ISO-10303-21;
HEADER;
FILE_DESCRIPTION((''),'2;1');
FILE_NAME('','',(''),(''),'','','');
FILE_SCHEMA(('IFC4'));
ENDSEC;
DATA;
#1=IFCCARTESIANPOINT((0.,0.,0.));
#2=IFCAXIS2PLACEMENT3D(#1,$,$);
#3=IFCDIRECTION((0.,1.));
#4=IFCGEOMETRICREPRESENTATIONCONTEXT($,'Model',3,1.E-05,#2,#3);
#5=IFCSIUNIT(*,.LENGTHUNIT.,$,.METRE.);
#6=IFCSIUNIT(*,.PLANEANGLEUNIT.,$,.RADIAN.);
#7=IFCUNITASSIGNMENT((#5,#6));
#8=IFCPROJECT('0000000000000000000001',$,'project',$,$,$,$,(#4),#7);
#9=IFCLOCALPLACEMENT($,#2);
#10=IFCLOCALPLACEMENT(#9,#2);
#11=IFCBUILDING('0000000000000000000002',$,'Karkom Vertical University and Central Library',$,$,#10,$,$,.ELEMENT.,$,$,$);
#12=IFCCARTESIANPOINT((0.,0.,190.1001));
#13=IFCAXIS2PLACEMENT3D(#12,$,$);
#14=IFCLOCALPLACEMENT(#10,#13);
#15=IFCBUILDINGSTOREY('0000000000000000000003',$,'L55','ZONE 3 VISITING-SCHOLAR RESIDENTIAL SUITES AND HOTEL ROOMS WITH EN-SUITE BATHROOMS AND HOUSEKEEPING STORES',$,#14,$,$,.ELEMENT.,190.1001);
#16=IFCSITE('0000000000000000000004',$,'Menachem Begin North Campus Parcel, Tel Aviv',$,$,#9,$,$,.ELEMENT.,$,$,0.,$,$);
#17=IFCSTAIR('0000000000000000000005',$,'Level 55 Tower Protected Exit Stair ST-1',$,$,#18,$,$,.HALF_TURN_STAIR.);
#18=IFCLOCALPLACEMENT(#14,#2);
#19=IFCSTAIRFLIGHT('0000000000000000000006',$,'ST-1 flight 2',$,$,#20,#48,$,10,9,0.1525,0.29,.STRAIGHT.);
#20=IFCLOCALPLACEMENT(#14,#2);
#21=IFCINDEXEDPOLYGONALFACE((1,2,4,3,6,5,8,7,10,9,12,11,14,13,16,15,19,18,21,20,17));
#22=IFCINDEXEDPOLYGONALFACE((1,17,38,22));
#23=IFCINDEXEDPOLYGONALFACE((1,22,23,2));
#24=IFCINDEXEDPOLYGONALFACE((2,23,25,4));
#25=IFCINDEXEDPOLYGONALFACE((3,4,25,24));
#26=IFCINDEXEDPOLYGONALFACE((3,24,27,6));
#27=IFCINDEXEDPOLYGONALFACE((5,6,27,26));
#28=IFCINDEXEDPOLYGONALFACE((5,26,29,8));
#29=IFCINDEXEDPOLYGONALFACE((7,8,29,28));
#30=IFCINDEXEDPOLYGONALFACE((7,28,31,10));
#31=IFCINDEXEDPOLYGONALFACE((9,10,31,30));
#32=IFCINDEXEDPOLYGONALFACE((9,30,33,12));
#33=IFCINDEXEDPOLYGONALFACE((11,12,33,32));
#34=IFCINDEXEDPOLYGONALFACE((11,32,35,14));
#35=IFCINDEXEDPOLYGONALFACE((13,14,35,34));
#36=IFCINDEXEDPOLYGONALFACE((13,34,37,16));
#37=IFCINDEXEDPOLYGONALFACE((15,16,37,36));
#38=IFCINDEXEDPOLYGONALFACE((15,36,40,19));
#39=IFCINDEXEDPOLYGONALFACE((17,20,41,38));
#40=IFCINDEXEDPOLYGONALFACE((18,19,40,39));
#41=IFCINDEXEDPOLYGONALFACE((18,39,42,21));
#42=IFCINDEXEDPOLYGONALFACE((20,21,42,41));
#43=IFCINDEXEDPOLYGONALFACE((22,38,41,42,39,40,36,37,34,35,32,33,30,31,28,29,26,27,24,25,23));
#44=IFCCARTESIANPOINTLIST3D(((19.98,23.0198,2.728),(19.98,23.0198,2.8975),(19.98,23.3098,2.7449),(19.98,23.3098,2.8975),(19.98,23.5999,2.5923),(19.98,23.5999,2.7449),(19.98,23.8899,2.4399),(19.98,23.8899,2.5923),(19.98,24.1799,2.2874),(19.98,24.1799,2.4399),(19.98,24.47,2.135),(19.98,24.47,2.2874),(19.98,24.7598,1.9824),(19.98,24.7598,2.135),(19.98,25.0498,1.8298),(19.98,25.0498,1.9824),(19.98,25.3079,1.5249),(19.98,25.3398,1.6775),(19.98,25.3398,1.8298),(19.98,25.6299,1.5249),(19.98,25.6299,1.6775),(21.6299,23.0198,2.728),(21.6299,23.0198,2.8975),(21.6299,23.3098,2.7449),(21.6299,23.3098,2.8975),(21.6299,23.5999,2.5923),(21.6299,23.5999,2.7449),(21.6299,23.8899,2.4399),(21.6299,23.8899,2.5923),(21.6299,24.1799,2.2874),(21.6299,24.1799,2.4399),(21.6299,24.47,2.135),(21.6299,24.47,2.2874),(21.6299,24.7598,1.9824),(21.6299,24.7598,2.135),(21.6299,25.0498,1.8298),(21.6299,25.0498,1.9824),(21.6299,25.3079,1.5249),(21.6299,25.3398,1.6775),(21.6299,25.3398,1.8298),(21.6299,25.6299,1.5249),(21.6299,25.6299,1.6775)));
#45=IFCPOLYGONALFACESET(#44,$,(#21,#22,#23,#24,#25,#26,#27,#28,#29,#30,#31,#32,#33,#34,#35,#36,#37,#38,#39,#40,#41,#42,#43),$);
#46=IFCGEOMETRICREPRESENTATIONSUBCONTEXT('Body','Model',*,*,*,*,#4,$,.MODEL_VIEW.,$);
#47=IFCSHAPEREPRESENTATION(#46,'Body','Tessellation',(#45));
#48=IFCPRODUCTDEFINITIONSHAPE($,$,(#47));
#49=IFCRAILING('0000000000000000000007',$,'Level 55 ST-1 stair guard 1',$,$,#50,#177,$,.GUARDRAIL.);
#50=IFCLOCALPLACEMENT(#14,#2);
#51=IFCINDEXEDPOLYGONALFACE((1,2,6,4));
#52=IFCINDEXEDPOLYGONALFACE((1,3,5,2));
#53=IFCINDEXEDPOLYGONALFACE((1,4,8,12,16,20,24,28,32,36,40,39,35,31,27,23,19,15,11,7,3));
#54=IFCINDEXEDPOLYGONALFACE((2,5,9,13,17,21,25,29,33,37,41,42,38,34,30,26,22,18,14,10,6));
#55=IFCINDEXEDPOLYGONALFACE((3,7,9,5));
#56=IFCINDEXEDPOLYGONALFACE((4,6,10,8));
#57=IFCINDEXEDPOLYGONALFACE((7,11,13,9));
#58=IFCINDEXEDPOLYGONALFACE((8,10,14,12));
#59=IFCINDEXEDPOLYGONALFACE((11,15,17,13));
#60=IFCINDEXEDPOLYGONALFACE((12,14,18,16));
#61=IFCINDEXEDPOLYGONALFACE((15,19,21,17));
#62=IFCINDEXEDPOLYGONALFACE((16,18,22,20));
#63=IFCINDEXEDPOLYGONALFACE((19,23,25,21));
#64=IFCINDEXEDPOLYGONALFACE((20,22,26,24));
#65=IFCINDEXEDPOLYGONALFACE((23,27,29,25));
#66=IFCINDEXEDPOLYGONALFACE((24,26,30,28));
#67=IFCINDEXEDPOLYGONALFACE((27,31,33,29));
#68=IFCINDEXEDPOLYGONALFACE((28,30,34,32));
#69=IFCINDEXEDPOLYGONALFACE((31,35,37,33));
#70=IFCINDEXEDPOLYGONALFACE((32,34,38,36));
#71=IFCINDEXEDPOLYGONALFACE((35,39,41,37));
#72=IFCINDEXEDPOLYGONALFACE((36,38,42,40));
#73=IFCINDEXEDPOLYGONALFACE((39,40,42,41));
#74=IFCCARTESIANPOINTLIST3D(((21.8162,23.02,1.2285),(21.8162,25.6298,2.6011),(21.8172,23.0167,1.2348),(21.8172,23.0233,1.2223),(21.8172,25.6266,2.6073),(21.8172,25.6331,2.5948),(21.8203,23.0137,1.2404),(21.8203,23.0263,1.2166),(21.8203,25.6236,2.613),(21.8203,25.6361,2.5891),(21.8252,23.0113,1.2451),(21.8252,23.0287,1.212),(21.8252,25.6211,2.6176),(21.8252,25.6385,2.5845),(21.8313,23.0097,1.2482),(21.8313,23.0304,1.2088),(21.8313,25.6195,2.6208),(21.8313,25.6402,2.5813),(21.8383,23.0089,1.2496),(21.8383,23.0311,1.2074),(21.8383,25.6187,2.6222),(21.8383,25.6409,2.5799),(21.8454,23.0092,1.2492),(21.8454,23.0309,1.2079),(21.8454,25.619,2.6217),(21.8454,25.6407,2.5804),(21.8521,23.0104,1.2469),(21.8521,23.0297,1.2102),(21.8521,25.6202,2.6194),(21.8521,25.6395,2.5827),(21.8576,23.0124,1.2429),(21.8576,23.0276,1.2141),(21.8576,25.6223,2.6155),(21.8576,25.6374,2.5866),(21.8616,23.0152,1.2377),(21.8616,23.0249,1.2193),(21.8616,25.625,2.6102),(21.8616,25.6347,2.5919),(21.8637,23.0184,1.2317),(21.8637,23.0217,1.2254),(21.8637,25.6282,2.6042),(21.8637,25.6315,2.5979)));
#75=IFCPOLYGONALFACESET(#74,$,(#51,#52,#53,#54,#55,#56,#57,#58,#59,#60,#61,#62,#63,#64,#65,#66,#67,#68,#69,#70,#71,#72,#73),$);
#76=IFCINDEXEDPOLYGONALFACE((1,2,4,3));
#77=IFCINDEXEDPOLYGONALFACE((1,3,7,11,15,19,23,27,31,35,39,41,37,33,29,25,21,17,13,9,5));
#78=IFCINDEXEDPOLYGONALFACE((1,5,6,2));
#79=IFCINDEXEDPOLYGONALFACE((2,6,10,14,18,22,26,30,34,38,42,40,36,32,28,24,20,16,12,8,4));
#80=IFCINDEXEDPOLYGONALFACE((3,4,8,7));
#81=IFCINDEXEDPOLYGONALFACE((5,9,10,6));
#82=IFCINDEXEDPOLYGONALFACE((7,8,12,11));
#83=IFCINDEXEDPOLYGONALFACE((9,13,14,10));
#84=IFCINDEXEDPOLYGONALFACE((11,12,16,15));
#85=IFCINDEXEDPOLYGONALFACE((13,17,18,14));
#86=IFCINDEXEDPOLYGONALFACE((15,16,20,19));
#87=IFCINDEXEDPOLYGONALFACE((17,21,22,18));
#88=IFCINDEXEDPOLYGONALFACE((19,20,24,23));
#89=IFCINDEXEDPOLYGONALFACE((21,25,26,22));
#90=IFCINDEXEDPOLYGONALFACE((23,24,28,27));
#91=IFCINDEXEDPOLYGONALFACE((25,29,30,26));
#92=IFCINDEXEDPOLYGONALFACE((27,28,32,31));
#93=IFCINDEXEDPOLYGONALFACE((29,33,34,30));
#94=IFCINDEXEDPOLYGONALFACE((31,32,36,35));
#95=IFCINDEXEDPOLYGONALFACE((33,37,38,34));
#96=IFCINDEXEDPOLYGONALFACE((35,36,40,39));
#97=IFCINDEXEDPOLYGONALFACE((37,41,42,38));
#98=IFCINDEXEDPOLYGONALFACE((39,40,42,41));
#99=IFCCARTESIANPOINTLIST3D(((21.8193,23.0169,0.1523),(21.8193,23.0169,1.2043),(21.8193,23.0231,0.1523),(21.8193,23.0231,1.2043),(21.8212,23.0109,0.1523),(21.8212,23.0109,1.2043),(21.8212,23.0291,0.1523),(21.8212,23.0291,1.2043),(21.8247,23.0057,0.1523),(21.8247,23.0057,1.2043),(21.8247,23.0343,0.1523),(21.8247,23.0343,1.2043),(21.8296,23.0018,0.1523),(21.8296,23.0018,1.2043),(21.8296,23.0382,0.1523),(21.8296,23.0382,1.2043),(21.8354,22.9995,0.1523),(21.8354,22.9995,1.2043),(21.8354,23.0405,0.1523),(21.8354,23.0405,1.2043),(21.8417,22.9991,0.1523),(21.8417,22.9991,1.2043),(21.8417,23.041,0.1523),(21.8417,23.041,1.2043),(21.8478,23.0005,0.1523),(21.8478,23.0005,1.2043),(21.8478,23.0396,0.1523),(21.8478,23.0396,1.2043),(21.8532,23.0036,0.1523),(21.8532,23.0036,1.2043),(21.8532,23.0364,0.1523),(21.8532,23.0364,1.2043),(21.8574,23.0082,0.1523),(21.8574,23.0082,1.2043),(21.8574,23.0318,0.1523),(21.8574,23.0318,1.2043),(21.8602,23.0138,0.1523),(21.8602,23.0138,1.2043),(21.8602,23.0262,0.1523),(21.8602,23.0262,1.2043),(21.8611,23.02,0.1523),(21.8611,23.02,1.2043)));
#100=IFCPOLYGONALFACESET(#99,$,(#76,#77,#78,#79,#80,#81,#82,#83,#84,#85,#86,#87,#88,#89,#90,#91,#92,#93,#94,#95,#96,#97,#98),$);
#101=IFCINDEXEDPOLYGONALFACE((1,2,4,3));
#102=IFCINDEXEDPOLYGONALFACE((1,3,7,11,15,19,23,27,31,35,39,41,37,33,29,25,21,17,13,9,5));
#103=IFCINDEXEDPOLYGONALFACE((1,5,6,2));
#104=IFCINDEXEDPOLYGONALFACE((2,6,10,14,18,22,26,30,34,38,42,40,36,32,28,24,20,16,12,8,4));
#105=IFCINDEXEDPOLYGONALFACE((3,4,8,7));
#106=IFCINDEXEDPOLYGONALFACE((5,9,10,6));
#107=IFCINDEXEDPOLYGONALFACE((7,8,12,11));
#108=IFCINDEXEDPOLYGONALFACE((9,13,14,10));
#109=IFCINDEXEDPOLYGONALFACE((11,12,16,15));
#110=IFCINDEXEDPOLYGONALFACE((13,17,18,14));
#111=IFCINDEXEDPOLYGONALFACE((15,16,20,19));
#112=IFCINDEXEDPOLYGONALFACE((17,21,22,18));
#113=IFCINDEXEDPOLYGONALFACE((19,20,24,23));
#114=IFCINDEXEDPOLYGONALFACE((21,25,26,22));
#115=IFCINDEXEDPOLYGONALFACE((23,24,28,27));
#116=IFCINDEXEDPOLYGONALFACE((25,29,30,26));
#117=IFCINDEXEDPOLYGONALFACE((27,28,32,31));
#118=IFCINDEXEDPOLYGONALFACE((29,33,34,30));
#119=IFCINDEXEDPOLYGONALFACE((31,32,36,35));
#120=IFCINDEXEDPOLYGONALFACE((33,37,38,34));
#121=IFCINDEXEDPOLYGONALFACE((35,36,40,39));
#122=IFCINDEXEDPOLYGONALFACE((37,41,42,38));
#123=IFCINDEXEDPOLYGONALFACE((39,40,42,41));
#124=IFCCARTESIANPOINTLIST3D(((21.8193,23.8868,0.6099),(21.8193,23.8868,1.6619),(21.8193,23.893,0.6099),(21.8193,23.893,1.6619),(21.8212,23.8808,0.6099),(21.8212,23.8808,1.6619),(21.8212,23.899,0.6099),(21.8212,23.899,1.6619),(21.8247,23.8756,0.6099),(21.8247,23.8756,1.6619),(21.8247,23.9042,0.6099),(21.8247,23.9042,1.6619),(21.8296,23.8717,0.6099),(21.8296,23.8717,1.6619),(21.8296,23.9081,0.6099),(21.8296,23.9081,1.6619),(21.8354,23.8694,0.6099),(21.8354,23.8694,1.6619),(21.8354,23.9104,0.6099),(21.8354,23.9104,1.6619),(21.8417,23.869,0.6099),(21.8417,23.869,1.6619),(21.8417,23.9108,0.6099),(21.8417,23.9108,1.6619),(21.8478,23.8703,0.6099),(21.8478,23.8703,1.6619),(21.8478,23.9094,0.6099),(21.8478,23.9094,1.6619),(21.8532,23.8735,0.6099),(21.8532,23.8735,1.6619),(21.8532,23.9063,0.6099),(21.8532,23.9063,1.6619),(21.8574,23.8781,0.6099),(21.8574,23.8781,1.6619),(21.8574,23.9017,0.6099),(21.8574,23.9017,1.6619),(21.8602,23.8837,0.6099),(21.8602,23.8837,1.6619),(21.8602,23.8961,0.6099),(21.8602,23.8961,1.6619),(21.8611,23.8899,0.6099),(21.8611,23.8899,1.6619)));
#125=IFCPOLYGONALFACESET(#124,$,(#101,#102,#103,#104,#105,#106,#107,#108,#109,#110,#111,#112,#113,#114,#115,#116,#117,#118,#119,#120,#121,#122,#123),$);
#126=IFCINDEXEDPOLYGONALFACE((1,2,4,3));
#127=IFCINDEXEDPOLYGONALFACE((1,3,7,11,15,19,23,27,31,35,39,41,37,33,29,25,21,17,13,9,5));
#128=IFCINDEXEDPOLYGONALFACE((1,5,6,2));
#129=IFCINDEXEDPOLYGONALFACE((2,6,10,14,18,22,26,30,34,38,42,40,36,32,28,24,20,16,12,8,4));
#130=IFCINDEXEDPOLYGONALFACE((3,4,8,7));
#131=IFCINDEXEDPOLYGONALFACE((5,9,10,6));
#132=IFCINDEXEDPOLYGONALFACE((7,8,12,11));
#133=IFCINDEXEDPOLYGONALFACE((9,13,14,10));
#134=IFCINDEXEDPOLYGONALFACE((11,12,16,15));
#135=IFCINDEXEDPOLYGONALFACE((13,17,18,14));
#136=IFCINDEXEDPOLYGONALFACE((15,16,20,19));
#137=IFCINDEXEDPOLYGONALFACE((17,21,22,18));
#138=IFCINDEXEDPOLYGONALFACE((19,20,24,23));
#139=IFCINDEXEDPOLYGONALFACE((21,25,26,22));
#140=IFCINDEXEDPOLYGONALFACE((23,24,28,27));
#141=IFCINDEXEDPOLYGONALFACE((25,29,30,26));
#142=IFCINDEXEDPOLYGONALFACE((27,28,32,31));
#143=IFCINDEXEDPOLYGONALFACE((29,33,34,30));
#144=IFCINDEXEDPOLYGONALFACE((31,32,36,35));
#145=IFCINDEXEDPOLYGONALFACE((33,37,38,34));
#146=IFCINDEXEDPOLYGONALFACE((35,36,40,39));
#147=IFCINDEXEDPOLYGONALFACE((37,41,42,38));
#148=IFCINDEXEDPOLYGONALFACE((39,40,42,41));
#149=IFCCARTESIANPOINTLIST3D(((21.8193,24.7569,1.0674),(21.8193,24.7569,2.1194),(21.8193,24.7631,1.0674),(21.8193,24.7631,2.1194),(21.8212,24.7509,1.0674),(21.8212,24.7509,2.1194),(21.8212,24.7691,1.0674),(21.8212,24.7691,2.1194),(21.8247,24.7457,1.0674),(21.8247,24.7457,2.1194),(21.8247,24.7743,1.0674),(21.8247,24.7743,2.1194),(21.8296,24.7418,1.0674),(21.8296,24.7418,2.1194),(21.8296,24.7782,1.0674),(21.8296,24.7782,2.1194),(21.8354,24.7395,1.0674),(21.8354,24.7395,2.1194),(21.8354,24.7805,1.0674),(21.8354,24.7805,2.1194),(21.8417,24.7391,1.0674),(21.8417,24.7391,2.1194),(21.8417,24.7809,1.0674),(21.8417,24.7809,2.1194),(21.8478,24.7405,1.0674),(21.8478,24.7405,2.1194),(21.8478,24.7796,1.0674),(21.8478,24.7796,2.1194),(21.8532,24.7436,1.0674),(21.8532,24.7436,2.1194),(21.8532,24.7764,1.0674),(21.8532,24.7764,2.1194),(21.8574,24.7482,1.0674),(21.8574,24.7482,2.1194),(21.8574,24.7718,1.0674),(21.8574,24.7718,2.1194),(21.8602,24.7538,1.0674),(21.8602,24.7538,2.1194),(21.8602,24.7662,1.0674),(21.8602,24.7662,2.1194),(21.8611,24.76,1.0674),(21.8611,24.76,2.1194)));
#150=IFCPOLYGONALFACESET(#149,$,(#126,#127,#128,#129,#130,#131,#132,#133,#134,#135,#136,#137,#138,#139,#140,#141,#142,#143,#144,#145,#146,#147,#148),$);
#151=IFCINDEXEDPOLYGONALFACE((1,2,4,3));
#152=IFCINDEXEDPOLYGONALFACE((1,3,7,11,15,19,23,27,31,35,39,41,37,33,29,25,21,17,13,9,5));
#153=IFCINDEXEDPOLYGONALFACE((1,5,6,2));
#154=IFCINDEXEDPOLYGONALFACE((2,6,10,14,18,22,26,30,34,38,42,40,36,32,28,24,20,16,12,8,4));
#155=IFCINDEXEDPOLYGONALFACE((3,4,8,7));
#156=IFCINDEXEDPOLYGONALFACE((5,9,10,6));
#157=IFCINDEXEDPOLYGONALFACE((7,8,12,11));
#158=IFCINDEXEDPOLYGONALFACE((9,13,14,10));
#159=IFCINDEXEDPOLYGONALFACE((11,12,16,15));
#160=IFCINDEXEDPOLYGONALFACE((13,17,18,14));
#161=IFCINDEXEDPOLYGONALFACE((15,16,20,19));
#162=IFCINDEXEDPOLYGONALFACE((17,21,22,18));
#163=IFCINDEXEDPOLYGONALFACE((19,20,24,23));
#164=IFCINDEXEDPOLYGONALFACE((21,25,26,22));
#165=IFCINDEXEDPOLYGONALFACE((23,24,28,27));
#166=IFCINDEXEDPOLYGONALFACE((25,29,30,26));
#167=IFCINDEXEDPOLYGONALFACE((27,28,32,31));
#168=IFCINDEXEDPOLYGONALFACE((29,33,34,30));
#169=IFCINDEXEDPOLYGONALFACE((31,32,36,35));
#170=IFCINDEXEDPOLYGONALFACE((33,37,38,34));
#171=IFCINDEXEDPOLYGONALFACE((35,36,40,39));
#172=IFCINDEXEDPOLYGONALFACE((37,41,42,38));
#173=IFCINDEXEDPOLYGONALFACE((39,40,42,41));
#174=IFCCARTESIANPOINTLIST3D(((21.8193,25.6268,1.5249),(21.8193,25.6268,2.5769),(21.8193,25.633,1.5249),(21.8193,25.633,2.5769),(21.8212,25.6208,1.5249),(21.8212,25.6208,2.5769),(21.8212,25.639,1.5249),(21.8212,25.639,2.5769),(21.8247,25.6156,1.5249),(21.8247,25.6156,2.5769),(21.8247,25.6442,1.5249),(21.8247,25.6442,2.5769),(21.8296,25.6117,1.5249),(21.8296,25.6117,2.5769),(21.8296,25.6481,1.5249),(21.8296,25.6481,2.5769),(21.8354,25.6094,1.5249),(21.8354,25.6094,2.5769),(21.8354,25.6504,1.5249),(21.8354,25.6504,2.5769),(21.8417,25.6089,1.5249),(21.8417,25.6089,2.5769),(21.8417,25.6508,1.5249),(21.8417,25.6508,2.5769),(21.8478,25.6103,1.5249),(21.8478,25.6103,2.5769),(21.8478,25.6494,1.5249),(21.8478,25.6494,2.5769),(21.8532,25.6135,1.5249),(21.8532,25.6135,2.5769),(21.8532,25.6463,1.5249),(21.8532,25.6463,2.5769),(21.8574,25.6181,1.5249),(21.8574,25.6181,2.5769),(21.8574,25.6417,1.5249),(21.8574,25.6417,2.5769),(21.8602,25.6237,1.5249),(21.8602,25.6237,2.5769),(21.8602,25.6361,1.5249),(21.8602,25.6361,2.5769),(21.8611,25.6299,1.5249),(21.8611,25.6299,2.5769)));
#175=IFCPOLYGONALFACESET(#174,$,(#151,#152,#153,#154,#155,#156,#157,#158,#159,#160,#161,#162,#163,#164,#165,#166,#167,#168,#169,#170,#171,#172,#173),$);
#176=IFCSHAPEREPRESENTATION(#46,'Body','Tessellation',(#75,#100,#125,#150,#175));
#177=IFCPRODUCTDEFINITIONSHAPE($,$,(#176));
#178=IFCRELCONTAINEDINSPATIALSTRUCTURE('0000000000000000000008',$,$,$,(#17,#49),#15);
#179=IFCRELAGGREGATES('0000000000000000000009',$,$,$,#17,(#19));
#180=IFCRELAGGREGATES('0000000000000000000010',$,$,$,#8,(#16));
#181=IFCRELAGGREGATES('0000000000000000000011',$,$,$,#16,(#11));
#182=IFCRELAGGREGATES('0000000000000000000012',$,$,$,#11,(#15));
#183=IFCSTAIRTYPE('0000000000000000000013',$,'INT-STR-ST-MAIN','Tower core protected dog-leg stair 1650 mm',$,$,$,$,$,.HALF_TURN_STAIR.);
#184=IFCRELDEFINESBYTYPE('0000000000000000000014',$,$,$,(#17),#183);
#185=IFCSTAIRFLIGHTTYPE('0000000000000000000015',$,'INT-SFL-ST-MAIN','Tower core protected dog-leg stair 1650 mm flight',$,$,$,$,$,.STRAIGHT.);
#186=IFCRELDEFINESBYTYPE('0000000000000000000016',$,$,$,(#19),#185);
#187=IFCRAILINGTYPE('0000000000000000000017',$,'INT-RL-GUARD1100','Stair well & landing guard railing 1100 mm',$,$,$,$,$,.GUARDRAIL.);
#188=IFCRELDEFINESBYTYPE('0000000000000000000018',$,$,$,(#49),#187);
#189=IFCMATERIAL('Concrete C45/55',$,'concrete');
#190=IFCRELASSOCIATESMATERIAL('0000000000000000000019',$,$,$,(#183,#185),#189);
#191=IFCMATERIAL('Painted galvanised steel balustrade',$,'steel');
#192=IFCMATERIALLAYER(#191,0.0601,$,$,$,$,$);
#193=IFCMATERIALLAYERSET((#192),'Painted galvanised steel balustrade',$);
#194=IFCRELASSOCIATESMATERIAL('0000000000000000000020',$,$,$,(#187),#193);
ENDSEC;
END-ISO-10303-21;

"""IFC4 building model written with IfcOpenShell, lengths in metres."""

from ifc_helpers import new_model, si_unit, direction, frame, origin, origin_2d, place, context, subcontext, project, spatial, polyline, circle, outline, extrude, material, layer, layer_set, type_object, element, aggregate, save


model = new_model("IFC4")

# Units and contexts
model_context = context("Model", 3, precision=1e-05, world=origin(), true_north=direction((0.0, 1.0)))
body_context = subcontext(model_context, "Body", "Model", "MODEL_VIEW")
ifc_project = project(units=[si_unit("LENGTHUNIT", "METRE"), si_unit("PLANEANGLEUNIT", "RADIAN")], contexts=[model_context])

# Site, building, storey
site_placement = place(None, origin())
site = spatial("IfcSite", under=ifc_project, at=site_placement, Name="Menachem Begin North Campus Parcel, Tel Aviv", CompositionType="ELEMENT", RefElevation=0.0)
building_placement = place(site_placement, origin())
building = spatial("IfcBuilding", under=site, at=building_placement, Name="Karkom Vertical University and Central Library", CompositionType="ELEMENT")
storey_placement = place(building_placement, frame((0.0, 0.0, 190.1001)))
storey = spatial("IfcBuildingStorey", under=building, at=storey_placement, Name="L55", Description="ZONE 3 VISITING-SCHOLAR RESIDENTIAL SUITES AND HOTEL ROOMS WITH EN-SUITE BATHROOMS AND HOUSEKEEPING STORES", CompositionType="ELEMENT", Elevation=190.1001)

# Shared definitions
ifc_material_1 = material(Name="Concrete C45/55", Category="concrete")

# Stair, stair flight
stair_type = type_object("IfcStairType", Name="INT-STR-ST-MAIN", Description="Tower core protected dog-leg stair 1650 mm", PredefinedType="HALF_TURN_STAIR", material=ifc_material_1)
stair_placement = place(storey_placement, origin())
stair = element("IfcStair", 1, at=stair_placement, inside=storey, type_object=stair_type, Name="Level 55 Tower Protected Exit Stair ST-1", PredefinedType="HALF_TURN_STAIR")
stair_flight_type = type_object("IfcStairFlightType", Name="INT-SFL-ST-MAIN", Description="Tower core protected dog-leg stair 1650 mm flight", PredefinedType="STRAIGHT", material=ifc_material_1)
stair_flight_1_placement = place(storey_placement, frame((20.8049, 25.6299, 1.5249), z_axis=(0.0, 0.0, 1.0), x_axis=(0.0, -1.0, 0.0)))
stair_flight_1 = element("IfcStairFlight", 2, at=stair_flight_1_placement, type_object=stair_flight_type, Name="ST-1 flight 2", NumberOfRisers=10, NumberOfTreads=9, PredefinedType="STRAIGHT", RiserHeight=0.1525, TreadLength=0.29, context=body_context, shape_type="SweptSolid", body=[
    extrude(outline(polyline([(0.0, 0.0), (0.0, 0.1526), (0.29, 0.1526), (0.29, 0.3049), (0.5801, 0.3049), (0.5801, 0.4575), (0.8701, 0.4575), (0.8701, 0.6101), (1.1599, 0.6101), (1.1599, 0.7625), (1.45, 0.7625), (1.45, 0.915), (1.74, 0.915), (1.74, 1.0674), (2.03, 1.0674), (2.03, 1.22), (2.3201, 1.22), (2.3201, 1.3726), (2.6101, 1.3726), (2.6101, 1.5249), (2.6101, 1.2031), (0.322, 0.0), (0.0, 0.0)])), frame((0.0, 0.825, 0.0), z_axis=(0.0, -1.0, 0.0), x_axis=(1.0, 0.0, 0.0)), (0.0, 0.0, 1.0), 1.6499),
])
aggregate(stair, [stair_flight_1])

# Railing
ifc_material_2 = material(Name="Painted galvanised steel balustrade", Category="steel")
ifc_layer_1 = layer(ifc_material_2, 0.0601)
ifc_layer_set_1 = layer_set([ifc_layer_1], Name="Painted galvanised steel balustrade")
railing_type_1 = type_object("IfcRailingType", Name="INT-RL-GUARD1100", Description="Stair well & landing guard railing 1100 mm", PredefinedType="GUARDRAIL", material=ifc_layer_set_1)
railing_1_placement = place(storey_placement, frame((21.8401, 23.02, 0.1523)))
element("IfcRailing", 3, at=railing_1_placement, inside=storey, type_object=railing_type_1, Name="Level 55 ST-1 stair guard 1", PredefinedType="GUARDRAIL", context=body_context, shape_type="SweptSolid", body=[
    extrude(circle(Radius=0.0239, at=origin_2d()), frame((0.0, 0.0, 1.0762), z_axis=(0.0, 0.885065, 0.465467), x_axis=(-1.0, 0.0, 0.0)), (0.0, 0.0, 1.0), 2.9487),
    extrude(circle(Radius=0.021, at=origin_2d()), origin(), (0.0, 0.0, 1.0), 1.052),
    extrude(circle(Radius=0.021, at=origin_2d()), frame((0.0, 0.8699, 0.4575)), (0.0, 0.0, 1.0), 1.052),
    extrude(circle(Radius=0.021, at=origin_2d()), frame((0.0, 1.74, 0.915)), (0.0, 0.0, 1.0), 1.052),
    extrude(circle(Radius=0.021, at=origin_2d()), frame((0.0, 2.6099, 1.3726)), (0.0, 0.0, 1.0), 1.052),
])

save(model, "model.ifc")
